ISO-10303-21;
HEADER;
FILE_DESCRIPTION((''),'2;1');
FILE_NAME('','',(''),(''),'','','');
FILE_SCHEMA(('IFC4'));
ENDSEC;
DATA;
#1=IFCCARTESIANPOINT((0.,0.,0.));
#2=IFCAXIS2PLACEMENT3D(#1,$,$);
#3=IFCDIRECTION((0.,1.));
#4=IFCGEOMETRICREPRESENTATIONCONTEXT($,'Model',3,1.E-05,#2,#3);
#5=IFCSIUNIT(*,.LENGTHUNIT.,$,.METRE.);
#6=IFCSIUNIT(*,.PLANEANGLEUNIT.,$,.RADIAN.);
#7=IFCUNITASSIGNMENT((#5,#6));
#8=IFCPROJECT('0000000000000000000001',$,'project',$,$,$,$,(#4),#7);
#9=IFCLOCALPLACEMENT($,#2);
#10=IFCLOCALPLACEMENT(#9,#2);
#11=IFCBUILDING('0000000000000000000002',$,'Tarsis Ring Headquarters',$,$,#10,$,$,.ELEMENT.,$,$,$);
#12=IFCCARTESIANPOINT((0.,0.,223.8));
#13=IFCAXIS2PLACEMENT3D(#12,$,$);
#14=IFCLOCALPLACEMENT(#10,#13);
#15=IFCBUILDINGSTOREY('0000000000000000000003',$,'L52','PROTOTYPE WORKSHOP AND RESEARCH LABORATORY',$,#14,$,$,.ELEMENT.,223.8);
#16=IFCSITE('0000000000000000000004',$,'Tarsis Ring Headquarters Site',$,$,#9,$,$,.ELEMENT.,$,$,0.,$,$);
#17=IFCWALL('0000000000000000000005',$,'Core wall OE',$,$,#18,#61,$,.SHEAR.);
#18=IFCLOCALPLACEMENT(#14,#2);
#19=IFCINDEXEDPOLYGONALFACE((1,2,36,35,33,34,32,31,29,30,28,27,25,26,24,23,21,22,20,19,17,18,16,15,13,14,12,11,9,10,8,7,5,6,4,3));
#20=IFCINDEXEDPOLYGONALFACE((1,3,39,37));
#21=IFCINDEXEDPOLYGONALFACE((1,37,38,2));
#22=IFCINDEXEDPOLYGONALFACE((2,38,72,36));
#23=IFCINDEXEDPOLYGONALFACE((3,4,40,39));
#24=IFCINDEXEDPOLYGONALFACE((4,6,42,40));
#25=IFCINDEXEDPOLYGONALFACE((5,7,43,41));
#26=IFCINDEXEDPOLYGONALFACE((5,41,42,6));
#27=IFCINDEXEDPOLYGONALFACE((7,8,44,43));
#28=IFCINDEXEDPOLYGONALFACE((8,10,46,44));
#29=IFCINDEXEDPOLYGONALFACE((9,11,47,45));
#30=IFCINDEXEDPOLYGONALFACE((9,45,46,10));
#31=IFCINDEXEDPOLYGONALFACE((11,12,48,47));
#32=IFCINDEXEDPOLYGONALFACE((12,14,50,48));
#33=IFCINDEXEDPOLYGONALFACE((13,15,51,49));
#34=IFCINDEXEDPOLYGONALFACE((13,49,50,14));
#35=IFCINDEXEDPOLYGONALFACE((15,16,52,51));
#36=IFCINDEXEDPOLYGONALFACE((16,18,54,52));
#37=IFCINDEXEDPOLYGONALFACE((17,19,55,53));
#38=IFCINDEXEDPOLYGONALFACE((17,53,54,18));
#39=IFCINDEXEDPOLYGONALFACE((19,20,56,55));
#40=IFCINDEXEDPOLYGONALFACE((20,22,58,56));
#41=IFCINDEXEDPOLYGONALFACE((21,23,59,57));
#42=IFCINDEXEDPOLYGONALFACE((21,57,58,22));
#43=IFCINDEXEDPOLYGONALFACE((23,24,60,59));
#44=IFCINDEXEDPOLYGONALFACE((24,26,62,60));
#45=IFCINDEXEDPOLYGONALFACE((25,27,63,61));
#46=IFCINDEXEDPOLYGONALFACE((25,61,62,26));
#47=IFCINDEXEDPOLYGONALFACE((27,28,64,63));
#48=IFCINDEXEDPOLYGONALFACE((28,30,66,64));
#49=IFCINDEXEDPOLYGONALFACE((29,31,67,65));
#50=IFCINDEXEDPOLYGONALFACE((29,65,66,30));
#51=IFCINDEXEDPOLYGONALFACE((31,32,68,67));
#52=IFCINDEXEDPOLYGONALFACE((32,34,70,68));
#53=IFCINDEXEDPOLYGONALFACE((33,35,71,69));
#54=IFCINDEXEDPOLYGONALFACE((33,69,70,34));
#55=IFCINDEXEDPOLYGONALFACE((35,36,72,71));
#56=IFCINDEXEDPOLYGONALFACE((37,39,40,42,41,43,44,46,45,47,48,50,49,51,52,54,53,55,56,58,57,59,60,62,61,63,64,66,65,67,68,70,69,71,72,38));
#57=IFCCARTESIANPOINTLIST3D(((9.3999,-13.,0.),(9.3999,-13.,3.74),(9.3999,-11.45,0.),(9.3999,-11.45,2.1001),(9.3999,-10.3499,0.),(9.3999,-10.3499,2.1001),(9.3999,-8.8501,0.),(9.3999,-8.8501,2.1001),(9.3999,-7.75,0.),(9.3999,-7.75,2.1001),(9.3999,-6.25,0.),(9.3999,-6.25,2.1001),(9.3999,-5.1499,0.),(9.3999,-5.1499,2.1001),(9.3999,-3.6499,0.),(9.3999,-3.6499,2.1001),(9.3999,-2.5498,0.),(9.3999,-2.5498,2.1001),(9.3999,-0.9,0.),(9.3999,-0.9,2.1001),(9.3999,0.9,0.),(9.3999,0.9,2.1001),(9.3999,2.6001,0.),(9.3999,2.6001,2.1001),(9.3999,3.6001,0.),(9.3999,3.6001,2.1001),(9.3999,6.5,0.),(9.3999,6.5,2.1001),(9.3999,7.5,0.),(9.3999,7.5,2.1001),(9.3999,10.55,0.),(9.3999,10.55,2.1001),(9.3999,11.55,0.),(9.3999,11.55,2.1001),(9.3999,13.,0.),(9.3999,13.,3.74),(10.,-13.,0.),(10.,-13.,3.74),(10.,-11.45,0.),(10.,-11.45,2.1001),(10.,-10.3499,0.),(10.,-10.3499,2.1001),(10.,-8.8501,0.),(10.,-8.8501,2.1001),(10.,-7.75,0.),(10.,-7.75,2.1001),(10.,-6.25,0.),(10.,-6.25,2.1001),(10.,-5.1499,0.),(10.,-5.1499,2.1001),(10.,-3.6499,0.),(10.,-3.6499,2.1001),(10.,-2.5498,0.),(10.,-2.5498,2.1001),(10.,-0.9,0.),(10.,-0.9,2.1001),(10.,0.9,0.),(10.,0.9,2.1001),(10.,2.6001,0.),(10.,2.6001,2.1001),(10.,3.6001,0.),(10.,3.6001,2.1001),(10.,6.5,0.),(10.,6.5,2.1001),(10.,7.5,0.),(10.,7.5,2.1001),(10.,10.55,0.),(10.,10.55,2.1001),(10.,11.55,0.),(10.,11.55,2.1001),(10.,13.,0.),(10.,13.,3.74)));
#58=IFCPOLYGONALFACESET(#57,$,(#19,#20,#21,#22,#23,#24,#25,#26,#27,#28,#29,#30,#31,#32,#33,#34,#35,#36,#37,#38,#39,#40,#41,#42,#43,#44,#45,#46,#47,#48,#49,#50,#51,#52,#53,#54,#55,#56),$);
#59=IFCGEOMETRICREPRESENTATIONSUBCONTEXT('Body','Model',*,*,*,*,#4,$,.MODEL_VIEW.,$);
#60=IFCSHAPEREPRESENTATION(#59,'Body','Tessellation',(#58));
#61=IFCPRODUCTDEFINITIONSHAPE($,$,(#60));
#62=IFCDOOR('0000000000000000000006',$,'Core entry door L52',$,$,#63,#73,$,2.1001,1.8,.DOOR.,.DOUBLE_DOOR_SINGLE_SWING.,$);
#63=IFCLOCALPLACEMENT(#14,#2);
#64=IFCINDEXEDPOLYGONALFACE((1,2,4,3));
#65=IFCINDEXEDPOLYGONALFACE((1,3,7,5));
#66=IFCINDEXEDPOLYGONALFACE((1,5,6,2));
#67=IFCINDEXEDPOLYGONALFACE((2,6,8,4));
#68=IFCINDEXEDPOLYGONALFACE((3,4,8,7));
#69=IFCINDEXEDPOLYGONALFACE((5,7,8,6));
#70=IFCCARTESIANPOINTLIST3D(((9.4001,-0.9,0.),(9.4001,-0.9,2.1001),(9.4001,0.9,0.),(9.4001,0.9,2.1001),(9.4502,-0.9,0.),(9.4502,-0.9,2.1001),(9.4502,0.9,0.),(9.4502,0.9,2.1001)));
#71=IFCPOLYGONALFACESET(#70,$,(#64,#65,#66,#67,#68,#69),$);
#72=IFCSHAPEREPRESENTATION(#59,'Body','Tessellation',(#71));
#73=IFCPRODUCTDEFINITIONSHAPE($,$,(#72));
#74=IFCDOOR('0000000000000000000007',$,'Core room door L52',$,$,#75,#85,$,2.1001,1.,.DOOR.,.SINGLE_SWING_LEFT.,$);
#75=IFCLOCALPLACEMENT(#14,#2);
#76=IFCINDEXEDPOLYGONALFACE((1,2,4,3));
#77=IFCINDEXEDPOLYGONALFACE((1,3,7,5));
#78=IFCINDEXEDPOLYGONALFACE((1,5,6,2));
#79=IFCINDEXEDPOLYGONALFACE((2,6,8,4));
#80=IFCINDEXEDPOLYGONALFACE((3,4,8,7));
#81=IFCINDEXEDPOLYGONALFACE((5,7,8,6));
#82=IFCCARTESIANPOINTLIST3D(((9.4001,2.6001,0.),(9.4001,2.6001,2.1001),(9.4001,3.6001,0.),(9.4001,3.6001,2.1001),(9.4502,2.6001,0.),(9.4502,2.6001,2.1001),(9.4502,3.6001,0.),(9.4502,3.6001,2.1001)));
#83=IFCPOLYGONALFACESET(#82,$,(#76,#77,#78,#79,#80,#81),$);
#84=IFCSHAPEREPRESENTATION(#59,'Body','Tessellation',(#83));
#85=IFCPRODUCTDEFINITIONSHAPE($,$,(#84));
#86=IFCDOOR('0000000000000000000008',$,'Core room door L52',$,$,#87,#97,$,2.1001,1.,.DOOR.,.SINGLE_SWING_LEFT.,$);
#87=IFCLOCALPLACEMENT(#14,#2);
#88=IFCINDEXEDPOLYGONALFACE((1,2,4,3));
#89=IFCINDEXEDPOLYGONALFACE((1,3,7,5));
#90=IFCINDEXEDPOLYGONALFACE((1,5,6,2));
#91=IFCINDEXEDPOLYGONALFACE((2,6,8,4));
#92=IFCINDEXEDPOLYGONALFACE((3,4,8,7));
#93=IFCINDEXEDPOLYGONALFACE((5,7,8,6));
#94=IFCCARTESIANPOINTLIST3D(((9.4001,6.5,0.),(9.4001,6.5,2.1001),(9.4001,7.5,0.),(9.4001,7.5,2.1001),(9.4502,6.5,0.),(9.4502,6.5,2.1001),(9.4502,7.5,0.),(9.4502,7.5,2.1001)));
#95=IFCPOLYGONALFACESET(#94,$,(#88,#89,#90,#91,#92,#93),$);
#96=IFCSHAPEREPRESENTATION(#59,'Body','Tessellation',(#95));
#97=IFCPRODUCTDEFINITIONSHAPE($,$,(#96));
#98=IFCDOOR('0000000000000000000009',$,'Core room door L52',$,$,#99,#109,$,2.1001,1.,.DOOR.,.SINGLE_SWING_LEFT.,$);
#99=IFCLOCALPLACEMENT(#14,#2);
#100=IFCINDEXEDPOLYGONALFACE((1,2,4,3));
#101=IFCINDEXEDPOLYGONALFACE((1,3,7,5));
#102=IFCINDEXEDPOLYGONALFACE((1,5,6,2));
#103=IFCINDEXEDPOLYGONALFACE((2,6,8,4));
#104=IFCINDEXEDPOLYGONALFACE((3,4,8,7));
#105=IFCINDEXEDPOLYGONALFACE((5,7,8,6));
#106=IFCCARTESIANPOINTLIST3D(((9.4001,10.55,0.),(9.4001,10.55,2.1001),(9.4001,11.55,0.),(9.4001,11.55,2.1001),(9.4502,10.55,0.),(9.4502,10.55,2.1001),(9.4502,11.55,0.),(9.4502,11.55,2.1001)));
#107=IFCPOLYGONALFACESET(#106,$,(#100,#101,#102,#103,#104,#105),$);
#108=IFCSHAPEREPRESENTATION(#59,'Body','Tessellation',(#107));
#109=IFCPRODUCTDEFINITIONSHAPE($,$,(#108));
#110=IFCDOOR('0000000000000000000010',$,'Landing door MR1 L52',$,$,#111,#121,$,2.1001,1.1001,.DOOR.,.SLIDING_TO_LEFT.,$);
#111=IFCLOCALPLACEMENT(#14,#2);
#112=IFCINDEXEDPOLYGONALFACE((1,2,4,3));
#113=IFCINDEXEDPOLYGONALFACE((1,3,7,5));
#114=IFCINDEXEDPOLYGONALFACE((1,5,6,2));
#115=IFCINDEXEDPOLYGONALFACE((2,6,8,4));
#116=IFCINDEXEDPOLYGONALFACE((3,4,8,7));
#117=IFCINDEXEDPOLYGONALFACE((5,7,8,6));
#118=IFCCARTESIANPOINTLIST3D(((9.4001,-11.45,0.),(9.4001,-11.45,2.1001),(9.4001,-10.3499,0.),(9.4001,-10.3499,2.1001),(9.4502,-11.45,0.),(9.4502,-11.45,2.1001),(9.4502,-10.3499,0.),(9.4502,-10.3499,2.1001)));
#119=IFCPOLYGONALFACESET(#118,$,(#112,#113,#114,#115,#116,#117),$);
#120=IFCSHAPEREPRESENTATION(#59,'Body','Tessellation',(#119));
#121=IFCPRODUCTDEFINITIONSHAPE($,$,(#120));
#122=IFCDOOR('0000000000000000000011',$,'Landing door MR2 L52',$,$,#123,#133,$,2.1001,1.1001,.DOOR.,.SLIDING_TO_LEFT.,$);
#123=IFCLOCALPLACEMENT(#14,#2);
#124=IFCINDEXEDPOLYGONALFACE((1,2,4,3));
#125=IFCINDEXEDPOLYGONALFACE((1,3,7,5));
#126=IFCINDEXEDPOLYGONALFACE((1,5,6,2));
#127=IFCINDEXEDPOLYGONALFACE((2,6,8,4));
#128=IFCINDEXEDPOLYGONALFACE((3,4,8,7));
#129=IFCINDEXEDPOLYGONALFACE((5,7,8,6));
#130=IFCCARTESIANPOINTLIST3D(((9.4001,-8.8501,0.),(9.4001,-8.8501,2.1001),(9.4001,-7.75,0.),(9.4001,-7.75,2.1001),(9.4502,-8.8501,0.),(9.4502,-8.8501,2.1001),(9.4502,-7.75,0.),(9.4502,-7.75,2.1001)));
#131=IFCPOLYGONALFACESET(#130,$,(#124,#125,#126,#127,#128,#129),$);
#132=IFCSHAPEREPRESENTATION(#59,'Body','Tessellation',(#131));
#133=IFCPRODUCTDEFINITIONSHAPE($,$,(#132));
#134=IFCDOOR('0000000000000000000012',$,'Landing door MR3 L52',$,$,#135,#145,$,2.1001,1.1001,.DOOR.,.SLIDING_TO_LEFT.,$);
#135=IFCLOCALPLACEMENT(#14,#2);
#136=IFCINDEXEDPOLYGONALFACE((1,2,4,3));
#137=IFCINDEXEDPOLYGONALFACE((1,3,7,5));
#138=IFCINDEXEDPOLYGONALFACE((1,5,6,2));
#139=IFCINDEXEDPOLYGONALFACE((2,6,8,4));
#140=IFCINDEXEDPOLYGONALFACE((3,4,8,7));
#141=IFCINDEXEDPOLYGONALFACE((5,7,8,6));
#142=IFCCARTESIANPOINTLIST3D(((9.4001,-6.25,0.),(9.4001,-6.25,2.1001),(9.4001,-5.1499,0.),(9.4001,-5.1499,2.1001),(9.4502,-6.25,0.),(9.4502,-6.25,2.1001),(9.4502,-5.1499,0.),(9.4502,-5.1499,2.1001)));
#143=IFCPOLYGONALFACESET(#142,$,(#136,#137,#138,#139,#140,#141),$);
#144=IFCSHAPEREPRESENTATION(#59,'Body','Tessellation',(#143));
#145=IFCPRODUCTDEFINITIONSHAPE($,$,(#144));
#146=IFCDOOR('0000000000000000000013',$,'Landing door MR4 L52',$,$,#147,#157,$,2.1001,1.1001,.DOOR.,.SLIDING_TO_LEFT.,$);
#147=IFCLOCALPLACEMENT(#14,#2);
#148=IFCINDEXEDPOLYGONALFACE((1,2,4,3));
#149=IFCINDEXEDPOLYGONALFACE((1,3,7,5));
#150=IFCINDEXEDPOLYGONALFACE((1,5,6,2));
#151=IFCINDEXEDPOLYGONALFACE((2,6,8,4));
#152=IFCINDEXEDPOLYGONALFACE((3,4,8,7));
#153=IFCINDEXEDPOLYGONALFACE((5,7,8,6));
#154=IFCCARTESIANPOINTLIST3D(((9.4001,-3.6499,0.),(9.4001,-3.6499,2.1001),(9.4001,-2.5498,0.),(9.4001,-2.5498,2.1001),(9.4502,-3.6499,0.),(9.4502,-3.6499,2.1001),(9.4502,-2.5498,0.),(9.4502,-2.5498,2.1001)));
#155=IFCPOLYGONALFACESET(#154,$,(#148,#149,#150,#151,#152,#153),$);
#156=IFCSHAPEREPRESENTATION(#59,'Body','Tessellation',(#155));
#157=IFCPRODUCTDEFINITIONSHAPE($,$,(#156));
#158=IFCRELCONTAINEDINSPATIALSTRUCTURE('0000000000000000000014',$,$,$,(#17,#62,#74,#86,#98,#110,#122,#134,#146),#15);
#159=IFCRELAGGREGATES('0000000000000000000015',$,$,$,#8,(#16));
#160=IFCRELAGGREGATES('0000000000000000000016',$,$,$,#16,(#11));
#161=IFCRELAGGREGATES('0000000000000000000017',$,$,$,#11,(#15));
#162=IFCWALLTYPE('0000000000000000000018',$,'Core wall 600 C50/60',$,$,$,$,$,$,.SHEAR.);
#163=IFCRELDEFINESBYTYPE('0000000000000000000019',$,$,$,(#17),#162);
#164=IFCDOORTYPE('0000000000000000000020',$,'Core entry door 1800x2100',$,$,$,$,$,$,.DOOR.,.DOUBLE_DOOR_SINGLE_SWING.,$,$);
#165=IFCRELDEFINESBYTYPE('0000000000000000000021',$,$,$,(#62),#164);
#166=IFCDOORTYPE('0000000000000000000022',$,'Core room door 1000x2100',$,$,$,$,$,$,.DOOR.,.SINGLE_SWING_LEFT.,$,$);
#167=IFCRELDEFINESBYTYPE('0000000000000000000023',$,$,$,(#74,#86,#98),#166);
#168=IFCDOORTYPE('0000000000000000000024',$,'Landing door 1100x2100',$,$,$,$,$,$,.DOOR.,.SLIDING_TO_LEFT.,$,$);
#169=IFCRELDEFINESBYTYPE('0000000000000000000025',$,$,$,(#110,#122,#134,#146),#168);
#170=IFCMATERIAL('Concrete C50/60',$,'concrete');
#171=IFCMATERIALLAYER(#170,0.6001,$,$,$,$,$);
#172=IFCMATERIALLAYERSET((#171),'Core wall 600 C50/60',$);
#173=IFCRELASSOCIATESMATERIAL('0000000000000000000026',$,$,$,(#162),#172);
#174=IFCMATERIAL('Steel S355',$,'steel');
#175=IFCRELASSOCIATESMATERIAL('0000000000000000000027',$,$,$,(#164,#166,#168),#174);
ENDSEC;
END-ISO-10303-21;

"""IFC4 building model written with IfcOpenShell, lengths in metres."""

from ifc_helpers import new_model, si_unit, direction, frame, frame_2d, origin, place, context, subcontext, project, spatial, rectangle, extrude, material, layer, layer_set, type_object, element, fill, save


model = new_model("IFC4")

# Units and contexts
model_context = context("Model", 3, precision=1e-05, world=origin(), true_north=direction((0.0, 1.0)))
body_context = subcontext(model_context, "Body", "Model", "MODEL_VIEW")
ifc_project = project(units=[si_unit("LENGTHUNIT", "METRE"), si_unit("PLANEANGLEUNIT", "RADIAN")], contexts=[model_context])

# Site, building, storey
site_placement = place(None, origin())
site = spatial("IfcSite", under=ifc_project, at=site_placement, Name="Tarsis Ring Headquarters Site", CompositionType="ELEMENT", RefElevation=0.0)
building_placement = place(site_placement, origin())
building = spatial("IfcBuilding", under=site, at=building_placement, Name="Tarsis Ring Headquarters", CompositionType="ELEMENT")
storey_placement = place(building_placement, frame((0.0, 0.0, 223.8)))
storey = spatial("IfcBuildingStorey", under=building, at=storey_placement, Name="L52", Description="PROTOTYPE WORKSHOP AND RESEARCH LABORATORY", CompositionType="ELEMENT", Elevation=223.8)

# Wall, openings, doors
ifc_material_1 = material(Name="Concrete C50/60", Category="concrete")
ifc_layer_1 = layer(ifc_material_1, 0.6001)
ifc_layer_set_1 = layer_set([ifc_layer_1], Name="Core wall 600 C50/60")
wall_type_1 = type_object("IfcWallType", Name="Core wall 600 C50/60", PredefinedType="SHEAR", material=ifc_layer_set_1)
wall_1_placement = place(storey_placement, frame((9.7, -13.0, 0.0), z_axis=(0.0, 0.0, 1.0), x_axis=(0.0, 1.0, 0.0)))
wall_1 = element("IfcWall", 1, at=wall_1_placement, inside=storey, type_object=wall_type_1, Name="Core wall OE", PredefinedType="SHEAR", context=body_context, shape_type="SweptSolid", body=[
    extrude(rectangle(XDim=26.0, YDim=0.6001, at=frame_2d((13.0, 0.0))), origin(), (0.0, 0.0, 1.0), 3.74),
])
opening_1_placement = place(wall_1_placement, frame((1.55, 0.0, 0.0)))
opening_1 = element("IfcOpeningElement", 2, at=opening_1_placement, cuts=wall_1, PredefinedType="OPENING", context=body_context, shape_type="SweptSolid", body=[
    extrude(rectangle(XDim=1.1001, YDim=2.1001, at=frame_2d((0.55, 1.05))), frame((0.0, 0.3101, 0.0), z_axis=(0.0, -1.0, 0.0), x_axis=(1.0, 0.0, 0.0)), (0.0, 0.0, 1.0), 0.6201),
])
opening_2_placement = place(wall_1_placement, frame((4.1499, 0.0, 0.0)))
opening_2 = element("IfcOpeningElement", 3, at=opening_2_placement, cuts=wall_1, PredefinedType="OPENING", context=body_context, shape_type="SweptSolid", body=[
    extrude(rectangle(XDim=1.1001, YDim=2.1001, at=frame_2d((0.55, 1.05))), frame((0.0, 0.3101, 0.0), z_axis=(0.0, -1.0, 0.0), x_axis=(1.0, 0.0, 0.0)), (0.0, 0.0, 1.0), 0.6201),
])
opening_3_placement = place(wall_1_placement, frame((6.75, 0.0, 0.0)))
opening_3 = element("IfcOpeningElement", 4, at=opening_3_placement, cuts=wall_1, PredefinedType="OPENING", context=body_context, shape_type="SweptSolid", body=[
    extrude(rectangle(XDim=1.1001, YDim=2.1001, at=frame_2d((0.55, 1.05))), frame((0.0, 0.3101, 0.0), z_axis=(0.0, -1.0, 0.0), x_axis=(1.0, 0.0, 0.0)), (0.0, 0.0, 1.0), 0.6201),
])
opening_4_placement = place(wall_1_placement, frame((9.3501, 0.0, 0.0)))
opening_4 = element("IfcOpeningElement", 5, at=opening_4_placement, cuts=wall_1, PredefinedType="OPENING", context=body_context, shape_type="SweptSolid", body=[
    extrude(rectangle(XDim=1.1001, YDim=2.1001, at=frame_2d((0.55, 1.05))), frame((0.0, 0.3101, 0.0), z_axis=(0.0, -1.0, 0.0), x_axis=(1.0, 0.0, 0.0)), (0.0, 0.0, 1.0), 0.6201),
])
opening_5_placement = place(wall_1_placement, frame((12.1001, 0.0, 0.0)))
opening_5 = element("IfcOpeningElement", 6, at=opening_5_placement, cuts=wall_1, PredefinedType="OPENING", context=body_context, shape_type="SweptSolid", body=[
    extrude(rectangle(XDim=1.8, YDim=2.1001, at=frame_2d((0.8999, 1.05))), frame((0.0, 0.3101, 0.0), z_axis=(0.0, -1.0, 0.0), x_axis=(1.0, 0.0, 0.0)), (0.0, 0.0, 1.0), 0.6201),
])
opening_6_placement = place(wall_1_placement, frame((15.6001, 0.0, 0.0)))
opening_6 = element("IfcOpeningElement", 7, at=opening_6_placement, cuts=wall_1, PredefinedType="OPENING", context=body_context, shape_type="SweptSolid", body=[
    extrude(rectangle(XDim=1.0, YDim=2.1001, at=frame_2d((0.5, 1.05))), frame((0.0, 0.3101, 0.0), z_axis=(0.0, -1.0, 0.0), x_axis=(1.0, 0.0, 0.0)), (0.0, 0.0, 1.0), 0.6201),
])
opening_7_placement = place(wall_1_placement, frame((19.5, 0.0, 0.0)))
opening_7 = element("IfcOpeningElement", 8, at=opening_7_placement, cuts=wall_1, PredefinedType="OPENING", context=body_context, shape_type="SweptSolid", body=[
    extrude(rectangle(XDim=1.0, YDim=2.1001, at=frame_2d((0.5, 1.05))), frame((0.0, 0.3101, 0.0), z_axis=(0.0, -1.0, 0.0), x_axis=(1.0, 0.0, 0.0)), (0.0, 0.0, 1.0), 0.6201),
])
opening_8_placement = place(wall_1_placement, frame((23.55, 0.0, 0.0)))
opening_8 = element("IfcOpeningElement", 9, at=opening_8_placement, cuts=wall_1, PredefinedType="OPENING", context=body_context, shape_type="SweptSolid", body=[
    extrude(rectangle(XDim=1.0, YDim=2.1001, at=frame_2d((0.5, 1.05))), frame((0.0, 0.3101, 0.0), z_axis=(0.0, -1.0, 0.0), x_axis=(1.0, 0.0, 0.0)), (0.0, 0.0, 1.0), 0.6201),
])
ifc_material_2 = material(Name="Steel S355", Category="steel")
door_type_1 = type_object("IfcDoorType", Name="Core entry door 1800x2100", OperationType="DOUBLE_DOOR_SINGLE_SWING", PredefinedType="DOOR", material=ifc_material_2)
door_1_placement = place(opening_5_placement, origin())
door_1 = element("IfcDoor", 10, at=door_1_placement, inside=storey, type_object=door_type_1, Name="Core entry door L52", OperationType="DOUBLE_DOOR_SINGLE_SWING", OverallHeight=2.1001, OverallWidth=1.8, PredefinedType="DOOR", context=body_context, shape_type="SweptSolid", body=[
    extrude(rectangle(XDim=1.8, YDim=2.1001, at=frame_2d((0.8999, 1.05))), frame((0.0, 0.2998, 0.0), z_axis=(0.0, -1.0, 0.0), x_axis=(1.0, 0.0, 0.0)), (0.0, 0.0, 1.0), 0.05),
])
fill(opening_5, door_1)
door_type_2 = type_object("IfcDoorType", Name="Core room door 1000x2100", OperationType="SINGLE_SWING_LEFT", PredefinedType="DOOR", material=ifc_material_2)
door_2_placement = place(opening_6_placement, origin())
door_2 = element("IfcDoor", 11, at=door_2_placement, inside=storey, type_object=door_type_2, Name="Core room door L52", OperationType="SINGLE_SWING_LEFT", OverallHeight=2.1001, OverallWidth=1.0, PredefinedType="DOOR", context=body_context, shape_type="SweptSolid", body=[
    extrude(rectangle(XDim=1.0, YDim=2.1001, at=frame_2d((0.5, 1.05))), frame((0.0, 0.2998, 0.0), z_axis=(0.0, -1.0, 0.0), x_axis=(1.0, 0.0, 0.0)), (0.0, 0.0, 1.0), 0.05),
])
fill(opening_6, door_2)
door_3_placement = place(opening_7_placement, origin())
door_3 = element("IfcDoor", 12, at=door_3_placement, inside=storey, type_object=door_type_2, Name="Core room door L52", OperationType="SINGLE_SWING_LEFT", OverallHeight=2.1001, OverallWidth=1.0, PredefinedType="DOOR", context=body_context, shape_type="SweptSolid", body=[
    extrude(rectangle(XDim=1.0, YDim=2.1001, at=frame_2d((0.5, 1.05))), frame((0.0, 0.2998, 0.0), z_axis=(0.0, -1.0, 0.0), x_axis=(1.0, 0.0, 0.0)), (0.0, 0.0, 1.0), 0.05),
])
fill(opening_7, door_3)
door_4_placement = place(opening_8_placement, origin())
door_4 = element("IfcDoor", 13, at=door_4_placement, inside=storey, type_object=door_type_2, Name="Core room door L52", OperationType="SINGLE_SWING_LEFT", OverallHeight=2.1001, OverallWidth=1.0, PredefinedType="DOOR", context=body_context, shape_type="SweptSolid", body=[
    extrude(rectangle(XDim=1.0, YDim=2.1001, at=frame_2d((0.5, 1.05))), frame((0.0, 0.2998, 0.0), z_axis=(0.0, -1.0, 0.0), x_axis=(1.0, 0.0, 0.0)), (0.0, 0.0, 1.0), 0.05),
])
fill(opening_8, door_4)
door_type_3 = type_object("IfcDoorType", Name="Landing door 1100x2100", OperationType="SLIDING_TO_LEFT", PredefinedType="DOOR", material=ifc_material_2)
door_5_placement = place(opening_1_placement, origin())
door_5 = element("IfcDoor", 14, at=door_5_placement, inside=storey, type_object=door_type_3, Name="Landing door MR1 L52", OperationType="SLIDING_TO_LEFT", OverallHeight=2.1001, OverallWidth=1.1001, PredefinedType="DOOR", context=body_context, shape_type="SweptSolid", body=[
    extrude(rectangle(XDim=1.1001, YDim=2.1001, at=frame_2d((0.55, 1.05))), frame((0.0, 0.2998, 0.0), z_axis=(0.0, -1.0, 0.0), x_axis=(1.0, 0.0, 0.0)), (0.0, 0.0, 1.0), 0.05),
])
fill(opening_1, door_5)
door_6_placement = place(opening_2_placement, origin())
door_6 = element("IfcDoor", 15, at=door_6_placement, inside=storey, type_object=door_type_3, Name="Landing door MR2 L52", OperationType="SLIDING_TO_LEFT", OverallHeight=2.1001, OverallWidth=1.1001, PredefinedType="DOOR", context=body_context, shape_type="SweptSolid", body=[
    extrude(rectangle(XDim=1.1001, YDim=2.1001, at=frame_2d((0.55, 1.05))), frame((0.0, 0.2998, 0.0), z_axis=(0.0, -1.0, 0.0), x_axis=(1.0, 0.0, 0.0)), (0.0, 0.0, 1.0), 0.05),
])
fill(opening_2, door_6)
door_7_placement = place(opening_3_placement, origin())
door_7 = element("IfcDoor", 16, at=door_7_placement, inside=storey, type_object=door_type_3, Name="Landing door MR3 L52", OperationType="SLIDING_TO_LEFT", OverallHeight=2.1001, OverallWidth=1.1001, PredefinedType="DOOR", context=body_context, shape_type="SweptSolid", body=[
    extrude(rectangle(XDim=1.1001, YDim=2.1001, at=frame_2d((0.55, 1.05))), frame((0.0, 0.2998, 0.0), z_axis=(0.0, -1.0, 0.0), x_axis=(1.0, 0.0, 0.0)), (0.0, 0.0, 1.0), 0.05),
])
fill(opening_3, door_7)
door_8_placement = place(opening_4_placement, origin())
door_8 = element("IfcDoor", 17, at=door_8_placement, inside=storey, type_object=door_type_3, Name="Landing door MR4 L52", OperationType="SLIDING_TO_LEFT", OverallHeight=2.1001, OverallWidth=1.1001, PredefinedType="DOOR", context=body_context, shape_type="SweptSolid", body=[
    extrude(rectangle(XDim=1.1001, YDim=2.1001, at=frame_2d((0.55, 1.05))), frame((0.0, 0.2998, 0.0), z_axis=(0.0, -1.0, 0.0), x_axis=(1.0, 0.0, 0.0)), (0.0, 0.0, 1.0), 0.05),
])
fill(opening_4, door_8)

save(model, "model.ifc")
